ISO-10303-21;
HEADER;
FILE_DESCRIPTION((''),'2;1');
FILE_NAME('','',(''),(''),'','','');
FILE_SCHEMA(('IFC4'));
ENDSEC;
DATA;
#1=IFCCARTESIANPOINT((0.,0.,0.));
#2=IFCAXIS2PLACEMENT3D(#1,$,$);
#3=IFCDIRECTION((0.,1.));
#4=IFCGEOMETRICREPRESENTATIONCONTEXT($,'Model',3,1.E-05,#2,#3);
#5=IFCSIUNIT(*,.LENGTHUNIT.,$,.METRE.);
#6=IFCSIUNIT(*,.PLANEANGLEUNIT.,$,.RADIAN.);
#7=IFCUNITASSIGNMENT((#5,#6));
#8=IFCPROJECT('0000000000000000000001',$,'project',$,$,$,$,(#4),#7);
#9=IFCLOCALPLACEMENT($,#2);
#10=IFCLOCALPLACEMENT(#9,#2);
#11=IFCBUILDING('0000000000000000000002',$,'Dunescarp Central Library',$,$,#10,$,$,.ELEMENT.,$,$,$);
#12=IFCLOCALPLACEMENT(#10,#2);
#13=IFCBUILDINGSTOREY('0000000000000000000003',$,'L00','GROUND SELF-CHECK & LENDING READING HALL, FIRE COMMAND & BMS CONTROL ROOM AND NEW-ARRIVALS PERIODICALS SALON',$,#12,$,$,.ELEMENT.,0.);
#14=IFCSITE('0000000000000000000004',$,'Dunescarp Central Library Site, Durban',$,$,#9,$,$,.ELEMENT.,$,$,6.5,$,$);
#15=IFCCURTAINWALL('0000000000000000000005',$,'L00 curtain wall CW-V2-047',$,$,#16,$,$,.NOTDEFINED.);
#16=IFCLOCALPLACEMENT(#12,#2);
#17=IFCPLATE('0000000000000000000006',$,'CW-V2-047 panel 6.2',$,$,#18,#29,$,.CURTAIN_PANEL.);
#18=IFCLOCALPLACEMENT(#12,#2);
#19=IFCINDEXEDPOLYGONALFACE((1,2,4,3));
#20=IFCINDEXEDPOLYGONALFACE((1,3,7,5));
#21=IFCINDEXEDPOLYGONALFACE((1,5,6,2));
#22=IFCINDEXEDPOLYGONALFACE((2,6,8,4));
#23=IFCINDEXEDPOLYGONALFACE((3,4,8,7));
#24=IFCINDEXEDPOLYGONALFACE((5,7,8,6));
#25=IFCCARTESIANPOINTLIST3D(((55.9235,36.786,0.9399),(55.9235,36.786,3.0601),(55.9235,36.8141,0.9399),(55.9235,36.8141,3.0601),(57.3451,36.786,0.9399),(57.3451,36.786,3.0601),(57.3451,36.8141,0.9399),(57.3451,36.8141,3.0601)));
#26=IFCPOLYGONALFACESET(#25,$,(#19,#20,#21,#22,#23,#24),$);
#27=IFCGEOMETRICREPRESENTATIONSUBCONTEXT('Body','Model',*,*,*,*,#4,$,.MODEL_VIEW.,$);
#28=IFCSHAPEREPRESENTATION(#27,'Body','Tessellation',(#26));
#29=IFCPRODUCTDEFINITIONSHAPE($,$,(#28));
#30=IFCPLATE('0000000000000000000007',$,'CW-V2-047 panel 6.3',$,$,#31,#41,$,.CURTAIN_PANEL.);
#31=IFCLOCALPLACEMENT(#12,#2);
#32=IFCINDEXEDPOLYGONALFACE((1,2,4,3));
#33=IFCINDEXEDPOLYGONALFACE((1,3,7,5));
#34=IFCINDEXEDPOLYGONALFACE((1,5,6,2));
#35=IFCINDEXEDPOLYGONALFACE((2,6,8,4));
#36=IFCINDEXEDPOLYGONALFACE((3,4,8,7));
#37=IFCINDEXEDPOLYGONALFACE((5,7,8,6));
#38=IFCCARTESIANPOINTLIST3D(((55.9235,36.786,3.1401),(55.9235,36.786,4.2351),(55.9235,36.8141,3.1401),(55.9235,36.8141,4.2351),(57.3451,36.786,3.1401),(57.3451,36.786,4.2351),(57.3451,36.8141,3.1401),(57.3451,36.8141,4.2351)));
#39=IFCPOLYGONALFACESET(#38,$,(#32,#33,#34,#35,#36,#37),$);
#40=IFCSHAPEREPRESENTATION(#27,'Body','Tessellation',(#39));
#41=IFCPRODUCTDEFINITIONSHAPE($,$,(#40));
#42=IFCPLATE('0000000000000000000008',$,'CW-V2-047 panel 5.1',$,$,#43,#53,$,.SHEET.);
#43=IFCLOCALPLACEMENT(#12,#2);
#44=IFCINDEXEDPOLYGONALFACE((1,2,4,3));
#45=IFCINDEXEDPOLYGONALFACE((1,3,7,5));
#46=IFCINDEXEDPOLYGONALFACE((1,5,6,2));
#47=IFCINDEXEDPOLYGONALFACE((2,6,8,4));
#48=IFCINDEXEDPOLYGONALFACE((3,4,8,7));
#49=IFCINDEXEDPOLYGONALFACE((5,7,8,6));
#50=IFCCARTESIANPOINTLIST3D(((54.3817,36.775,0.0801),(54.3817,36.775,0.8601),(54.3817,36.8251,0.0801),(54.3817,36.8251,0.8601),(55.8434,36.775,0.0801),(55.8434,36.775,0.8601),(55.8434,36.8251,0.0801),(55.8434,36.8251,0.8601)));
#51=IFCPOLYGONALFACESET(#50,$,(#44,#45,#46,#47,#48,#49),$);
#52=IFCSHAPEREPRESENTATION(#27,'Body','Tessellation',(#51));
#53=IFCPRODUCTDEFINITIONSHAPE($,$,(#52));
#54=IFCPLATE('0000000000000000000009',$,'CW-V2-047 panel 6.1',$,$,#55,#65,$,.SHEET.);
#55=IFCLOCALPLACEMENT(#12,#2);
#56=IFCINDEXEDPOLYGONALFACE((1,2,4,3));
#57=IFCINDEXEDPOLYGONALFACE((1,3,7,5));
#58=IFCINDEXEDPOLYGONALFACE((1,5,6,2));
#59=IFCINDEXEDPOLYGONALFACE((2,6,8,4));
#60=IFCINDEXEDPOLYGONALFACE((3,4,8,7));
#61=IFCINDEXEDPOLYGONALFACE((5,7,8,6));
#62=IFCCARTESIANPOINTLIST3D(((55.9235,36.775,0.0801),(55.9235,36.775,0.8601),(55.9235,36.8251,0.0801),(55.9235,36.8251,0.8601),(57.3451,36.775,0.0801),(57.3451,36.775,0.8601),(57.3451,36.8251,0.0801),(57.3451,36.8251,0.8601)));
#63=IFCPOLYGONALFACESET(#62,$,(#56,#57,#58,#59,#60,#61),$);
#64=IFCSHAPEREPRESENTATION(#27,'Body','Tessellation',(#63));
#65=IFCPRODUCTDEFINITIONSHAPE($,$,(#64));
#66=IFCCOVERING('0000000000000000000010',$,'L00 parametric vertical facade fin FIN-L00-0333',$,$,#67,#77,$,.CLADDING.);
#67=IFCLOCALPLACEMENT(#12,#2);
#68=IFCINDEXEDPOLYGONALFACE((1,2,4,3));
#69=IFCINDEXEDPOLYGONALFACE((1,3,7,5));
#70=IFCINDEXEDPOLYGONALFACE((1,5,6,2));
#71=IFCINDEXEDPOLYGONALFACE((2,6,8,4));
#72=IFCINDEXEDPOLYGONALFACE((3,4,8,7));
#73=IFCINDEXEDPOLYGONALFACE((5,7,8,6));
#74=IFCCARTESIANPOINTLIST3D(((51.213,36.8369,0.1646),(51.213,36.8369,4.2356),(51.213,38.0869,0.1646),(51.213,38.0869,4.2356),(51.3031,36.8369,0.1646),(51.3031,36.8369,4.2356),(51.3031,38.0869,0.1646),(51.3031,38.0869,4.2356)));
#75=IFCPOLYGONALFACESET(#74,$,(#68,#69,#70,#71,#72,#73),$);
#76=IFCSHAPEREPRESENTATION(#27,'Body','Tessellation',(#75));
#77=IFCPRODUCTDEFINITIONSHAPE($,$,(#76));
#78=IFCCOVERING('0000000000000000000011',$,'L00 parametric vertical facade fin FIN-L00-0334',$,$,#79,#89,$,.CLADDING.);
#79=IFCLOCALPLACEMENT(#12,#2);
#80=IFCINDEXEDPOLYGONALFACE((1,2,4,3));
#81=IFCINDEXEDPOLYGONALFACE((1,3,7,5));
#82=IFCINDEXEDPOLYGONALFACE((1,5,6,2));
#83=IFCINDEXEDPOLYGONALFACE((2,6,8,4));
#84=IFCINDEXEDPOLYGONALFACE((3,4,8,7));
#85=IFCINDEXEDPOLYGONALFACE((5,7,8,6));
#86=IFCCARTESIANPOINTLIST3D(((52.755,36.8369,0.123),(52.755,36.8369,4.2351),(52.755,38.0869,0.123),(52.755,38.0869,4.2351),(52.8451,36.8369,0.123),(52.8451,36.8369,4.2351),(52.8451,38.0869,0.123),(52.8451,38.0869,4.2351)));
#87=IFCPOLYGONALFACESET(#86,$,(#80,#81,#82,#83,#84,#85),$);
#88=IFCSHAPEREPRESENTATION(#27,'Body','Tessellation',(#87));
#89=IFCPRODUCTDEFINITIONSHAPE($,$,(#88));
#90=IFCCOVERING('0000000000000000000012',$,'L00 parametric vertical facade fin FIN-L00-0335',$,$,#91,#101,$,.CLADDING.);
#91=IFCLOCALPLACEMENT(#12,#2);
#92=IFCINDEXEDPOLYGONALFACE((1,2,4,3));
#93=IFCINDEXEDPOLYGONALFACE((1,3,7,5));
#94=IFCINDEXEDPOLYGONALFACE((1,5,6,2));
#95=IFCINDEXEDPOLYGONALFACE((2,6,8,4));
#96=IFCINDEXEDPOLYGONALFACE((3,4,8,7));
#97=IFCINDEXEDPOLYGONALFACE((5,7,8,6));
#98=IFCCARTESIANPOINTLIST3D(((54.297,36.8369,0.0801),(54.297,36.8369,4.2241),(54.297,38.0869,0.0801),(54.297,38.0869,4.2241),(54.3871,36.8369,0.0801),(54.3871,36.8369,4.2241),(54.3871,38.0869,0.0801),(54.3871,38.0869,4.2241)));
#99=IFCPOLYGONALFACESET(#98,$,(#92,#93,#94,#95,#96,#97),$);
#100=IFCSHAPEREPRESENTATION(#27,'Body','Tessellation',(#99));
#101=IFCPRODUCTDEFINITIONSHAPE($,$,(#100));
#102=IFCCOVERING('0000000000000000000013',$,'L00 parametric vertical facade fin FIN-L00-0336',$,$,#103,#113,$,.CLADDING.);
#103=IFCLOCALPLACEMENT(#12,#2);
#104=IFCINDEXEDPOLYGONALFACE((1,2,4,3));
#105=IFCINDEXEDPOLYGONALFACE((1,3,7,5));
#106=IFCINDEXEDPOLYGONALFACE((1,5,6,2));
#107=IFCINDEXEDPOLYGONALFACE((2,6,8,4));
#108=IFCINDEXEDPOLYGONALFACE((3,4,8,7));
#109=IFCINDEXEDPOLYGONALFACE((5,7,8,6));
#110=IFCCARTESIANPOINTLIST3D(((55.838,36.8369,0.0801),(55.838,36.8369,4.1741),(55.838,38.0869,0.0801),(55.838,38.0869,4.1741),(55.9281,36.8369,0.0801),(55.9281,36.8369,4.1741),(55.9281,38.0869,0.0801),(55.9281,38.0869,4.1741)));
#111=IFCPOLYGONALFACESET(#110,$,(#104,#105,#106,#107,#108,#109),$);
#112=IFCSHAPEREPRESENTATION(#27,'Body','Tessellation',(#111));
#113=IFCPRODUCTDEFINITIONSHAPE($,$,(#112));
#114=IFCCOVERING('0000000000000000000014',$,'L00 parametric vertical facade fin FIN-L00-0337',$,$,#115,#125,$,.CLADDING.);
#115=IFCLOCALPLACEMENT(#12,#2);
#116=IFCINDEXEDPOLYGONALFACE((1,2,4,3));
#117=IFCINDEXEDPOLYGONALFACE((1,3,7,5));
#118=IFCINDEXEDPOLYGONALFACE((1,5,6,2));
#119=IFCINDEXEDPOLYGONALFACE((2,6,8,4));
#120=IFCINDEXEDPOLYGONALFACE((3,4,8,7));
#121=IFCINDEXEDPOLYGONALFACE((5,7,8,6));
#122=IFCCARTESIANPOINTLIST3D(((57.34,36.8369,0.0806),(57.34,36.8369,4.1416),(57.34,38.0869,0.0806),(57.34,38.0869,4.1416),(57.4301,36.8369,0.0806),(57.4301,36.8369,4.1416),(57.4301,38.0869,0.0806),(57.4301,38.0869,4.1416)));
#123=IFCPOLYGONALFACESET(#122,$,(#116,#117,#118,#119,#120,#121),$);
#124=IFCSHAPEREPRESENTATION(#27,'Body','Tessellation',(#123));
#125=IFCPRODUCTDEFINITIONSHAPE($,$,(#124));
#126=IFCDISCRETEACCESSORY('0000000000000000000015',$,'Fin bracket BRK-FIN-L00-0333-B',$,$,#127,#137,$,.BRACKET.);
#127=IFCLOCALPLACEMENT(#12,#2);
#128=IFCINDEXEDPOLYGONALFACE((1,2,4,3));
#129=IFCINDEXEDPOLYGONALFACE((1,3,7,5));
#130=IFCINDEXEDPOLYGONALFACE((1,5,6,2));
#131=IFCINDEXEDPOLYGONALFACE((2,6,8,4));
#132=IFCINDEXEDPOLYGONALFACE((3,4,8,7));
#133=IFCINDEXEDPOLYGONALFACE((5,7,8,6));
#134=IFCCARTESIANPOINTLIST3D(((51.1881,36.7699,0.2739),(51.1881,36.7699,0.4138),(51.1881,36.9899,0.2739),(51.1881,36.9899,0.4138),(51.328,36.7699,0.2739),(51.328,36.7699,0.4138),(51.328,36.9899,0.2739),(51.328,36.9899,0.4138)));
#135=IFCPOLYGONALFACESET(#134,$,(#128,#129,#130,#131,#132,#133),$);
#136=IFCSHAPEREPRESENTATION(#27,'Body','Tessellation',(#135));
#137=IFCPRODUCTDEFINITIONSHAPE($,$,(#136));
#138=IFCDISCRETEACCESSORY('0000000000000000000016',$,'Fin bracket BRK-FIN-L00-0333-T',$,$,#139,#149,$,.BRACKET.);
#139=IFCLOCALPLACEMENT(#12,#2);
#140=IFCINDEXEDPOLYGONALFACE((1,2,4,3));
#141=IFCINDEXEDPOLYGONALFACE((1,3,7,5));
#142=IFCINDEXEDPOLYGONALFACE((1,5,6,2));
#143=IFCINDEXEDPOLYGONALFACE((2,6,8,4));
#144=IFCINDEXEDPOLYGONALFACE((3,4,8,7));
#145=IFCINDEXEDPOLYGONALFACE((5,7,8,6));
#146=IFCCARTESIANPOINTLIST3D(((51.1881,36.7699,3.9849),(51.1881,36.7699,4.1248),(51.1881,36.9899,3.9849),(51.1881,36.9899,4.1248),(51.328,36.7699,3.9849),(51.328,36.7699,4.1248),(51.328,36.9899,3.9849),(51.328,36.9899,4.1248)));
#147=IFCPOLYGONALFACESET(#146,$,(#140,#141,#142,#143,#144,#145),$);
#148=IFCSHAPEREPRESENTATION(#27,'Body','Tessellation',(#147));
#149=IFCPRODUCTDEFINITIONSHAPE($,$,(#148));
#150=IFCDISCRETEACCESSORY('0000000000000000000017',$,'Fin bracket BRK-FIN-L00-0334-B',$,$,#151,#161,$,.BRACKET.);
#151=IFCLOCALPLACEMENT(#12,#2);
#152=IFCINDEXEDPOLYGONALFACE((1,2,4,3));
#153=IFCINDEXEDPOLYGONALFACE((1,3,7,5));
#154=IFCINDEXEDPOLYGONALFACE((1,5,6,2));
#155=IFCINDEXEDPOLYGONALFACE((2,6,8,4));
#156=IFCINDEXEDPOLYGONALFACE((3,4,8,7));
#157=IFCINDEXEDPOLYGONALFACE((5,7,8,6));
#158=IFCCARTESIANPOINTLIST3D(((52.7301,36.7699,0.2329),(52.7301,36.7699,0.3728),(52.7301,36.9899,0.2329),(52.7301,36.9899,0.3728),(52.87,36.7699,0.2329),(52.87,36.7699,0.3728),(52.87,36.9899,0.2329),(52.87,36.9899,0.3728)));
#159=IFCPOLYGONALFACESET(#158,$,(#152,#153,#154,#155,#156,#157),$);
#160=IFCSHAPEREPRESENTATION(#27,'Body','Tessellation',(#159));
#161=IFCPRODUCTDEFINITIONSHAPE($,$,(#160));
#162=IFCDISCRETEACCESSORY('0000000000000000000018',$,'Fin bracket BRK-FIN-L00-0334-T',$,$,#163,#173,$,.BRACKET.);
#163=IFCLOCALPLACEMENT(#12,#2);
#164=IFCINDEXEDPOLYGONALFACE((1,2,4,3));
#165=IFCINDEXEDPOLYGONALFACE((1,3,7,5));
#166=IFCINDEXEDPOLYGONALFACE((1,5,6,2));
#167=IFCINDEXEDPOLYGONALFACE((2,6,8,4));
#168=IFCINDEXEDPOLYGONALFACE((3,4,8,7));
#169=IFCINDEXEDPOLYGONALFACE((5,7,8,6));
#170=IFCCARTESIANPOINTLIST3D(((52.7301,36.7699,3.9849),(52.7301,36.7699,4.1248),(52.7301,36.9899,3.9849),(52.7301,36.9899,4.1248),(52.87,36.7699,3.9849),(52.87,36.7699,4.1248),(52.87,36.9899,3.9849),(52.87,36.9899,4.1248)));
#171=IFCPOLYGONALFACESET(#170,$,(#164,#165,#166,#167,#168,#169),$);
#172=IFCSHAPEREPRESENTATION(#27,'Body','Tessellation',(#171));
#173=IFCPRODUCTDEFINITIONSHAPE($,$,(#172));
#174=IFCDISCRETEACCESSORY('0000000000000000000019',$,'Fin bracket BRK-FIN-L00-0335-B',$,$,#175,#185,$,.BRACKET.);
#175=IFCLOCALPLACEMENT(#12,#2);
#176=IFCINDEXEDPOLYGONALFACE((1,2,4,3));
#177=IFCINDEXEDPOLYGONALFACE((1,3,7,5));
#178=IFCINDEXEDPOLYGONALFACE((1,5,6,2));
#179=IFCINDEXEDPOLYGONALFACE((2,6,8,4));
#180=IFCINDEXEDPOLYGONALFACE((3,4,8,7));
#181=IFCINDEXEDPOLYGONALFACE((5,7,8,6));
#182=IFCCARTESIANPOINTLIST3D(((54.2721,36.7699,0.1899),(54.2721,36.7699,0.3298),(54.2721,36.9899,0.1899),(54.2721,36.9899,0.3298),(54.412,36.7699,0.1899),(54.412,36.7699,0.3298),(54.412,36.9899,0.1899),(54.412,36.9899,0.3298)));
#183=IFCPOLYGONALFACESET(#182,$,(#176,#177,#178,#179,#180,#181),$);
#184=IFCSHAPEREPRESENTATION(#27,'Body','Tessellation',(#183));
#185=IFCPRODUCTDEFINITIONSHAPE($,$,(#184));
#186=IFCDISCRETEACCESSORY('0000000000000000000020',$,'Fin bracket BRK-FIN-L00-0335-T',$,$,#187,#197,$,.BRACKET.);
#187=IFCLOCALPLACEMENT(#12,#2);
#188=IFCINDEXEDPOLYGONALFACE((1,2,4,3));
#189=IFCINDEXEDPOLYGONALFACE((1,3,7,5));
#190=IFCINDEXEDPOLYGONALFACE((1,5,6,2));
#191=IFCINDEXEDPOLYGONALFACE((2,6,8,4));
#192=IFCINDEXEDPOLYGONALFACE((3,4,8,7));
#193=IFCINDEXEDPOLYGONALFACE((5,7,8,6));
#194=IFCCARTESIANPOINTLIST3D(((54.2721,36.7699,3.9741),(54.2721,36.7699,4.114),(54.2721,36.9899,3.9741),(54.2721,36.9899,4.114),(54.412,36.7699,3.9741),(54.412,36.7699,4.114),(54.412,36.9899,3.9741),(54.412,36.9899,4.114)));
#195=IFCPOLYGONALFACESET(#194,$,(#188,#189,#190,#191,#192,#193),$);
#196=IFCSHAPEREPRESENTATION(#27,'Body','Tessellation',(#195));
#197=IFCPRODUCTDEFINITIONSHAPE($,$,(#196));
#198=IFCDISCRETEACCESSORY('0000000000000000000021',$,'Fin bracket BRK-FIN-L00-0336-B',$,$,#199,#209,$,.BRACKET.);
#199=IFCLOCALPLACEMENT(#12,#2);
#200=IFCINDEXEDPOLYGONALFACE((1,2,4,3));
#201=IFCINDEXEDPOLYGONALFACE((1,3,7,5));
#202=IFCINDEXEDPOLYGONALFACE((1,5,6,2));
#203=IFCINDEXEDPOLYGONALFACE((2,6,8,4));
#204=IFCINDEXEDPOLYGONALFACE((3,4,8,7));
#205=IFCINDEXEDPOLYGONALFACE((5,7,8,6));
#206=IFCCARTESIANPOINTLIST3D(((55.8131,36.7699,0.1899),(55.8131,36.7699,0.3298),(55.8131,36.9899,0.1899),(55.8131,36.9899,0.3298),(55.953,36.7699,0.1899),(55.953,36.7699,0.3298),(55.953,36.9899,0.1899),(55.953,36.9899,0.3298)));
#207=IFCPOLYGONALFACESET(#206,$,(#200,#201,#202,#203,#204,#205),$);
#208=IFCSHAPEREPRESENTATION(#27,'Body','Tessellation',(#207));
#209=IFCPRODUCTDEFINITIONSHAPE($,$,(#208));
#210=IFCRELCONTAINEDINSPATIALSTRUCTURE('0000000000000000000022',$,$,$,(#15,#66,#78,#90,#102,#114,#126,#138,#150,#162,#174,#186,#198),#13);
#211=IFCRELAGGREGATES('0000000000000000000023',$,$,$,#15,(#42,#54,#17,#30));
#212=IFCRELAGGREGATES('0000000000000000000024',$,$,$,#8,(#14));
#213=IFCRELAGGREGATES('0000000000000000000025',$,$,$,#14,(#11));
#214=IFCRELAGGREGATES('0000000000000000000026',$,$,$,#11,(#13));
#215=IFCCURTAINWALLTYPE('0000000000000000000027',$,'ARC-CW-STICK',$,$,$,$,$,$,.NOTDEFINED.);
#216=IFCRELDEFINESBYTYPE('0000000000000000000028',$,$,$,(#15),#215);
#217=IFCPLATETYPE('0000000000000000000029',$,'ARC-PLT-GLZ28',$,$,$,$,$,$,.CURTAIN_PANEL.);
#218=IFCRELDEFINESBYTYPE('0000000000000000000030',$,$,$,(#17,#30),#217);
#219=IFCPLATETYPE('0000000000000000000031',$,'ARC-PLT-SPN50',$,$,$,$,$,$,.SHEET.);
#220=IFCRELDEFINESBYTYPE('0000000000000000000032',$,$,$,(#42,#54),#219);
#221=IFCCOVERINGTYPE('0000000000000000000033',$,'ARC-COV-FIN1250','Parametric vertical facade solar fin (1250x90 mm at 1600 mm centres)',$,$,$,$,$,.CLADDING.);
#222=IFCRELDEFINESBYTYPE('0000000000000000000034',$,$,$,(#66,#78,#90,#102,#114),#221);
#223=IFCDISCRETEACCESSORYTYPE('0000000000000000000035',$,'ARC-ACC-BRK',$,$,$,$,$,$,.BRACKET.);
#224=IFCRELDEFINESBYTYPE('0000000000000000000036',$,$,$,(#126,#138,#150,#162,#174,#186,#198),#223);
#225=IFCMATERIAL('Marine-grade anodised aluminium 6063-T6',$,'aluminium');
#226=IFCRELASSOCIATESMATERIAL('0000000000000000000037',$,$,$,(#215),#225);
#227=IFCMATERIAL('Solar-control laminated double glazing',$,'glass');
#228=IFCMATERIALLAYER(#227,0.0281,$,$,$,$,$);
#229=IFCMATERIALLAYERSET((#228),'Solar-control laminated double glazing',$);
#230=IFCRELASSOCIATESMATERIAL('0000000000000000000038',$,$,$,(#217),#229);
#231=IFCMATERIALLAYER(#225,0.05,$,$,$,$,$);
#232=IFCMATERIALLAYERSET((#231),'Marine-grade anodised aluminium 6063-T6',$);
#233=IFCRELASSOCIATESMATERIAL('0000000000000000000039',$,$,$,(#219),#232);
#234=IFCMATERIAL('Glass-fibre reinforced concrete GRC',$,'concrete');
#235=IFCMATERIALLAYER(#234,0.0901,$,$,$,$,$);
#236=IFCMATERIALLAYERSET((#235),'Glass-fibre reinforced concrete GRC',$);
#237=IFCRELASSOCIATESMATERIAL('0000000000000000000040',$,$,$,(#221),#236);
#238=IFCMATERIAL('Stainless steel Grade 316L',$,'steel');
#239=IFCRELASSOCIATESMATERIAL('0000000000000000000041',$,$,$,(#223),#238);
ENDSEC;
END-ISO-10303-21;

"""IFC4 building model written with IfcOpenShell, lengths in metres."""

from ifc_helpers import new_model, si_unit, direction, frame, origin, origin_2d, place, context, subcontext, project, spatial, rectangle, extrude, material, layer, layer_set, type_object, element, aggregate, save


model = new_model("IFC4")

# Units and contexts
model_context = context("Model", 3, precision=1e-05, world=origin(), true_north=direction((0.0, 1.0)))
body_context = subcontext(model_context, "Body", "Model", "MODEL_VIEW")
ifc_project = project(units=[si_unit("LENGTHUNIT", "METRE"), si_unit("PLANEANGLEUNIT", "RADIAN")], contexts=[model_context])

# Site, building, storey
site_placement = place(None, origin())
site = spatial("IfcSite", under=ifc_project, at=site_placement, Name="Dunescarp Central Library Site, Durban", CompositionType="ELEMENT", RefElevation=6.5)
building_placement = place(site_placement, origin())
building = spatial("IfcBuilding", under=site, at=building_placement, Name="Dunescarp Central Library", CompositionType="ELEMENT")
storey_placement = place(building_placement, origin())
storey = spatial("IfcBuildingStorey", under=building, at=storey_placement, Name="L00", Description="GROUND SELF-CHECK & LENDING READING HALL, FIRE COMMAND & BMS CONTROL ROOM AND NEW-ARRIVALS PERIODICALS SALON", CompositionType="ELEMENT", Elevation=0.0)

# Curtain wall, plates
ifc_material_1 = material(Name="Marine-grade anodised aluminium 6063-T6", Category="aluminium")
curtain_wall_type = type_object("IfcCurtainWallType", Name="ARC-CW-STICK", PredefinedType="NOTDEFINED", material=ifc_material_1)
curtain_wall_placement = place(storey_placement, origin())
curtain_wall = element("IfcCurtainWall", 1, at=curtain_wall_placement, inside=storey, type_object=curtain_wall_type, Name="L00 curtain wall CW-V2-047", PredefinedType="NOTDEFINED")
ifc_material_2 = material(Name="Solar-control laminated double glazing", Category="glass")
ifc_layer_1 = layer(ifc_material_2, 0.0281)
ifc_layer_set_1 = layer_set([ifc_layer_1], Name="Solar-control laminated double glazing")
plate_type_1 = type_object("IfcPlateType", Name="ARC-PLT-GLZ28", PredefinedType="CURTAIN_PANEL", material=ifc_layer_set_1)
plate_1_placement = place(storey_placement, frame((56.6343, 36.8, 0.9399), z_axis=(0.0, 0.0, 1.0), x_axis=(1.0, 0.0, 0.0)))
plate_1 = element("IfcPlate", 2, at=plate_1_placement, type_object=plate_type_1, Name="CW-V2-047 panel 6.2", PredefinedType="CURTAIN_PANEL", context=body_context, shape_type="SweptSolid", body=[
    extrude(rectangle(XDim=1.4216, YDim=0.0281, at=origin_2d()), origin(), (0.0, 0.0, 1.0), 2.1201),
])
plate_2_placement = place(storey_placement, frame((56.6343, 36.8, 3.1401), z_axis=(0.0, 0.0, 1.0), x_axis=(1.0, 0.0, 0.0)))
plate_2 = element("IfcPlate", 3, at=plate_2_placement, type_object=plate_type_1, Name="CW-V2-047 panel 6.3", PredefinedType="CURTAIN_PANEL", context=body_context, shape_type="SweptSolid", body=[
    extrude(rectangle(XDim=1.4216, YDim=0.0281, at=origin_2d()), origin(), (0.0, 0.0, 1.0), 1.095),
])
ifc_layer_2 = layer(ifc_material_1, 0.05)
ifc_layer_set_2 = layer_set([ifc_layer_2], Name="Marine-grade anodised aluminium 6063-T6")
plate_type_2 = type_object("IfcPlateType", Name="ARC-PLT-SPN50", PredefinedType="SHEET", material=ifc_layer_set_2)
plate_3_placement = place(storey_placement, frame((55.1125, 36.8, 0.0801), z_axis=(0.0, 0.0, 1.0), x_axis=(1.0, 0.0, 0.0)))
plate_3 = element("IfcPlate", 4, at=plate_3_placement, type_object=plate_type_2, Name="CW-V2-047 panel 5.1", PredefinedType="SHEET", context=body_context, shape_type="SweptSolid", body=[
    extrude(rectangle(XDim=1.4617, YDim=0.05, at=origin_2d()), origin(), (0.0, 0.0, 1.0), 0.78),
])
plate_4_placement = place(storey_placement, frame((56.6343, 36.8, 0.0801), z_axis=(0.0, 0.0, 1.0), x_axis=(1.0, 0.0, 0.0)))
plate_4 = element("IfcPlate", 5, at=plate_4_placement, type_object=plate_type_2, Name="CW-V2-047 panel 6.1", PredefinedType="SHEET", context=body_context, shape_type="SweptSolid", body=[
    extrude(rectangle(XDim=1.4216, YDim=0.05, at=origin_2d()), origin(), (0.0, 0.0, 1.0), 0.78),
])
aggregate(curtain_wall, [plate_3, plate_4, plate_1, plate_2])

# Coverings
ifc_material_3 = material(Name="Glass-fibre reinforced concrete GRC", Category="concrete")
ifc_layer_3 = layer(ifc_material_3, 0.0901)
ifc_layer_set_3 = layer_set([ifc_layer_3], Name="Glass-fibre reinforced concrete GRC")
covering_type = type_object("IfcCoveringType", Name="ARC-COV-FIN1250", Description="Parametric vertical facade solar fin (1250x90 mm at 1600 mm centres)", PredefinedType="CLADDING", material=ifc_layer_set_3)
covering_1_placement = place(storey_placement, frame((51.2581, 37.4619, 0.1646), z_axis=(0.0, 0.0, 1.0), x_axis=(0.0, 1.0, 0.0)))
element("IfcCovering", 6, at=covering_1_placement, inside=storey, type_object=covering_type, Name="L00 parametric vertical facade fin FIN-L00-0333", PredefinedType="CLADDING", context=body_context, shape_type="SweptSolid", body=[
    extrude(rectangle(XDim=1.25, YDim=0.0901, at=origin_2d()), origin(), (0.0, 0.0, 1.0), 4.071),
])
covering_2_placement = place(storey_placement, frame((52.8, 37.4619, 0.123), z_axis=(0.0, 0.0, 1.0), x_axis=(0.0, 1.0, 0.0)))
element("IfcCovering", 7, at=covering_2_placement, inside=storey, type_object=covering_type, Name="L00 parametric vertical facade fin FIN-L00-0334", PredefinedType="CLADDING", context=body_context, shape_type="SweptSolid", body=[
    extrude(rectangle(XDim=1.25, YDim=0.0901, at=origin_2d()), origin(), (0.0, 0.0, 1.0), 4.1121),
])
covering_3_placement = place(storey_placement, frame((54.342, 37.4619, 0.0801), z_axis=(0.0, 0.0, 1.0), x_axis=(0.0, 1.0, 0.0)))
element("IfcCovering", 8, at=covering_3_placement, inside=storey, type_object=covering_type, Name="L00 parametric vertical facade fin FIN-L00-0335", PredefinedType="CLADDING", context=body_context, shape_type="SweptSolid", body=[
    extrude(rectangle(XDim=1.25, YDim=0.0901, at=origin_2d()), origin(), (0.0, 0.0, 1.0), 4.144),
])
covering_4_placement = place(storey_placement, frame((55.8831, 37.4619, 0.0801), z_axis=(0.0, 0.0, 1.0), x_axis=(0.0, 1.0, 0.0)))
element("IfcCovering", 9, at=covering_4_placement, inside=storey, type_object=covering_type, Name="L00 parametric vertical facade fin FIN-L00-0336", PredefinedType="CLADDING", context=body_context, shape_type="SweptSolid", body=[
    extrude(rectangle(XDim=1.25, YDim=0.0901, at=origin_2d()), origin(), (0.0, 0.0, 1.0), 4.094),
])
covering_5_placement = place(storey_placement, frame((57.385, 37.4619, 0.0806), z_axis=(0.0, 0.0, 1.0), x_axis=(0.0, 1.0, 0.0)))
element("IfcCovering", 10, at=covering_5_placement, inside=storey, type_object=covering_type, Name="L00 parametric vertical facade fin FIN-L00-0337", PredefinedType="CLADDING", context=body_context, shape_type="SweptSolid", body=[
    extrude(rectangle(XDim=1.25, YDim=0.0901, at=origin_2d()), origin(), (0.0, 0.0, 1.0), 4.061),
])

# Discrete accessories
ifc_material_4 = material(Name="Stainless steel Grade 316L", Category="steel")
discrete_accessory_type = type_object("IfcDiscreteAccessoryType", Name="ARC-ACC-BRK", PredefinedType="BRACKET", material=ifc_material_4)
for number, where, z_axis, x_axis, name in (
    (11, (51.2581, 36.8799, 0.2739), (0.0, 0.0, 1.0), (0.0, 1.0, 0.0), "Fin bracket BRK-FIN-L00-0333-B"),
    (12, (51.2581, 36.8799, 3.9849), (0.0, 0.0, 1.0), (0.0, 1.0, 0.0), "Fin bracket BRK-FIN-L00-0333-T"),
    (13, (52.8, 36.8799, 0.2329), (0.0, 0.0, 1.0), (0.0, 1.0, 0.0), "Fin bracket BRK-FIN-L00-0334-B"),
    (14, (52.8, 36.8799, 3.9849), (0.0, 0.0, 1.0), (0.0, 1.0, 0.0), "Fin bracket BRK-FIN-L00-0334-T"),
    (15, (54.342, 36.8799, 0.1899), (0.0, 0.0, 1.0), (0.0, 1.0, 0.0), "Fin bracket BRK-FIN-L00-0335-B"),
    (16, (54.342, 36.8799, 3.9741), (0.0, 0.0, 1.0), (0.0, 1.0, 0.0), "Fin bracket BRK-FIN-L00-0335-T"),
    (17, (55.8831, 36.8799, 0.1899), (0.0, 0.0, 1.0), (0.0, 1.0, 0.0), "Fin bracket BRK-FIN-L00-0336-B"),
):
    element("IfcDiscreteAccessory", number, at=place(storey_placement, frame(where, z_axis=z_axis, x_axis=x_axis)), inside=storey, type_object=discrete_accessory_type, Name=name, PredefinedType="BRACKET", context=body_context, shape_type="SweptSolid", body=[
        extrude(rectangle(XDim=0.22, YDim=0.1399, at=origin_2d()), origin(), (0.0, 0.0, 1.0), 0.1399),
    ])

save(model, "model.ifc")
